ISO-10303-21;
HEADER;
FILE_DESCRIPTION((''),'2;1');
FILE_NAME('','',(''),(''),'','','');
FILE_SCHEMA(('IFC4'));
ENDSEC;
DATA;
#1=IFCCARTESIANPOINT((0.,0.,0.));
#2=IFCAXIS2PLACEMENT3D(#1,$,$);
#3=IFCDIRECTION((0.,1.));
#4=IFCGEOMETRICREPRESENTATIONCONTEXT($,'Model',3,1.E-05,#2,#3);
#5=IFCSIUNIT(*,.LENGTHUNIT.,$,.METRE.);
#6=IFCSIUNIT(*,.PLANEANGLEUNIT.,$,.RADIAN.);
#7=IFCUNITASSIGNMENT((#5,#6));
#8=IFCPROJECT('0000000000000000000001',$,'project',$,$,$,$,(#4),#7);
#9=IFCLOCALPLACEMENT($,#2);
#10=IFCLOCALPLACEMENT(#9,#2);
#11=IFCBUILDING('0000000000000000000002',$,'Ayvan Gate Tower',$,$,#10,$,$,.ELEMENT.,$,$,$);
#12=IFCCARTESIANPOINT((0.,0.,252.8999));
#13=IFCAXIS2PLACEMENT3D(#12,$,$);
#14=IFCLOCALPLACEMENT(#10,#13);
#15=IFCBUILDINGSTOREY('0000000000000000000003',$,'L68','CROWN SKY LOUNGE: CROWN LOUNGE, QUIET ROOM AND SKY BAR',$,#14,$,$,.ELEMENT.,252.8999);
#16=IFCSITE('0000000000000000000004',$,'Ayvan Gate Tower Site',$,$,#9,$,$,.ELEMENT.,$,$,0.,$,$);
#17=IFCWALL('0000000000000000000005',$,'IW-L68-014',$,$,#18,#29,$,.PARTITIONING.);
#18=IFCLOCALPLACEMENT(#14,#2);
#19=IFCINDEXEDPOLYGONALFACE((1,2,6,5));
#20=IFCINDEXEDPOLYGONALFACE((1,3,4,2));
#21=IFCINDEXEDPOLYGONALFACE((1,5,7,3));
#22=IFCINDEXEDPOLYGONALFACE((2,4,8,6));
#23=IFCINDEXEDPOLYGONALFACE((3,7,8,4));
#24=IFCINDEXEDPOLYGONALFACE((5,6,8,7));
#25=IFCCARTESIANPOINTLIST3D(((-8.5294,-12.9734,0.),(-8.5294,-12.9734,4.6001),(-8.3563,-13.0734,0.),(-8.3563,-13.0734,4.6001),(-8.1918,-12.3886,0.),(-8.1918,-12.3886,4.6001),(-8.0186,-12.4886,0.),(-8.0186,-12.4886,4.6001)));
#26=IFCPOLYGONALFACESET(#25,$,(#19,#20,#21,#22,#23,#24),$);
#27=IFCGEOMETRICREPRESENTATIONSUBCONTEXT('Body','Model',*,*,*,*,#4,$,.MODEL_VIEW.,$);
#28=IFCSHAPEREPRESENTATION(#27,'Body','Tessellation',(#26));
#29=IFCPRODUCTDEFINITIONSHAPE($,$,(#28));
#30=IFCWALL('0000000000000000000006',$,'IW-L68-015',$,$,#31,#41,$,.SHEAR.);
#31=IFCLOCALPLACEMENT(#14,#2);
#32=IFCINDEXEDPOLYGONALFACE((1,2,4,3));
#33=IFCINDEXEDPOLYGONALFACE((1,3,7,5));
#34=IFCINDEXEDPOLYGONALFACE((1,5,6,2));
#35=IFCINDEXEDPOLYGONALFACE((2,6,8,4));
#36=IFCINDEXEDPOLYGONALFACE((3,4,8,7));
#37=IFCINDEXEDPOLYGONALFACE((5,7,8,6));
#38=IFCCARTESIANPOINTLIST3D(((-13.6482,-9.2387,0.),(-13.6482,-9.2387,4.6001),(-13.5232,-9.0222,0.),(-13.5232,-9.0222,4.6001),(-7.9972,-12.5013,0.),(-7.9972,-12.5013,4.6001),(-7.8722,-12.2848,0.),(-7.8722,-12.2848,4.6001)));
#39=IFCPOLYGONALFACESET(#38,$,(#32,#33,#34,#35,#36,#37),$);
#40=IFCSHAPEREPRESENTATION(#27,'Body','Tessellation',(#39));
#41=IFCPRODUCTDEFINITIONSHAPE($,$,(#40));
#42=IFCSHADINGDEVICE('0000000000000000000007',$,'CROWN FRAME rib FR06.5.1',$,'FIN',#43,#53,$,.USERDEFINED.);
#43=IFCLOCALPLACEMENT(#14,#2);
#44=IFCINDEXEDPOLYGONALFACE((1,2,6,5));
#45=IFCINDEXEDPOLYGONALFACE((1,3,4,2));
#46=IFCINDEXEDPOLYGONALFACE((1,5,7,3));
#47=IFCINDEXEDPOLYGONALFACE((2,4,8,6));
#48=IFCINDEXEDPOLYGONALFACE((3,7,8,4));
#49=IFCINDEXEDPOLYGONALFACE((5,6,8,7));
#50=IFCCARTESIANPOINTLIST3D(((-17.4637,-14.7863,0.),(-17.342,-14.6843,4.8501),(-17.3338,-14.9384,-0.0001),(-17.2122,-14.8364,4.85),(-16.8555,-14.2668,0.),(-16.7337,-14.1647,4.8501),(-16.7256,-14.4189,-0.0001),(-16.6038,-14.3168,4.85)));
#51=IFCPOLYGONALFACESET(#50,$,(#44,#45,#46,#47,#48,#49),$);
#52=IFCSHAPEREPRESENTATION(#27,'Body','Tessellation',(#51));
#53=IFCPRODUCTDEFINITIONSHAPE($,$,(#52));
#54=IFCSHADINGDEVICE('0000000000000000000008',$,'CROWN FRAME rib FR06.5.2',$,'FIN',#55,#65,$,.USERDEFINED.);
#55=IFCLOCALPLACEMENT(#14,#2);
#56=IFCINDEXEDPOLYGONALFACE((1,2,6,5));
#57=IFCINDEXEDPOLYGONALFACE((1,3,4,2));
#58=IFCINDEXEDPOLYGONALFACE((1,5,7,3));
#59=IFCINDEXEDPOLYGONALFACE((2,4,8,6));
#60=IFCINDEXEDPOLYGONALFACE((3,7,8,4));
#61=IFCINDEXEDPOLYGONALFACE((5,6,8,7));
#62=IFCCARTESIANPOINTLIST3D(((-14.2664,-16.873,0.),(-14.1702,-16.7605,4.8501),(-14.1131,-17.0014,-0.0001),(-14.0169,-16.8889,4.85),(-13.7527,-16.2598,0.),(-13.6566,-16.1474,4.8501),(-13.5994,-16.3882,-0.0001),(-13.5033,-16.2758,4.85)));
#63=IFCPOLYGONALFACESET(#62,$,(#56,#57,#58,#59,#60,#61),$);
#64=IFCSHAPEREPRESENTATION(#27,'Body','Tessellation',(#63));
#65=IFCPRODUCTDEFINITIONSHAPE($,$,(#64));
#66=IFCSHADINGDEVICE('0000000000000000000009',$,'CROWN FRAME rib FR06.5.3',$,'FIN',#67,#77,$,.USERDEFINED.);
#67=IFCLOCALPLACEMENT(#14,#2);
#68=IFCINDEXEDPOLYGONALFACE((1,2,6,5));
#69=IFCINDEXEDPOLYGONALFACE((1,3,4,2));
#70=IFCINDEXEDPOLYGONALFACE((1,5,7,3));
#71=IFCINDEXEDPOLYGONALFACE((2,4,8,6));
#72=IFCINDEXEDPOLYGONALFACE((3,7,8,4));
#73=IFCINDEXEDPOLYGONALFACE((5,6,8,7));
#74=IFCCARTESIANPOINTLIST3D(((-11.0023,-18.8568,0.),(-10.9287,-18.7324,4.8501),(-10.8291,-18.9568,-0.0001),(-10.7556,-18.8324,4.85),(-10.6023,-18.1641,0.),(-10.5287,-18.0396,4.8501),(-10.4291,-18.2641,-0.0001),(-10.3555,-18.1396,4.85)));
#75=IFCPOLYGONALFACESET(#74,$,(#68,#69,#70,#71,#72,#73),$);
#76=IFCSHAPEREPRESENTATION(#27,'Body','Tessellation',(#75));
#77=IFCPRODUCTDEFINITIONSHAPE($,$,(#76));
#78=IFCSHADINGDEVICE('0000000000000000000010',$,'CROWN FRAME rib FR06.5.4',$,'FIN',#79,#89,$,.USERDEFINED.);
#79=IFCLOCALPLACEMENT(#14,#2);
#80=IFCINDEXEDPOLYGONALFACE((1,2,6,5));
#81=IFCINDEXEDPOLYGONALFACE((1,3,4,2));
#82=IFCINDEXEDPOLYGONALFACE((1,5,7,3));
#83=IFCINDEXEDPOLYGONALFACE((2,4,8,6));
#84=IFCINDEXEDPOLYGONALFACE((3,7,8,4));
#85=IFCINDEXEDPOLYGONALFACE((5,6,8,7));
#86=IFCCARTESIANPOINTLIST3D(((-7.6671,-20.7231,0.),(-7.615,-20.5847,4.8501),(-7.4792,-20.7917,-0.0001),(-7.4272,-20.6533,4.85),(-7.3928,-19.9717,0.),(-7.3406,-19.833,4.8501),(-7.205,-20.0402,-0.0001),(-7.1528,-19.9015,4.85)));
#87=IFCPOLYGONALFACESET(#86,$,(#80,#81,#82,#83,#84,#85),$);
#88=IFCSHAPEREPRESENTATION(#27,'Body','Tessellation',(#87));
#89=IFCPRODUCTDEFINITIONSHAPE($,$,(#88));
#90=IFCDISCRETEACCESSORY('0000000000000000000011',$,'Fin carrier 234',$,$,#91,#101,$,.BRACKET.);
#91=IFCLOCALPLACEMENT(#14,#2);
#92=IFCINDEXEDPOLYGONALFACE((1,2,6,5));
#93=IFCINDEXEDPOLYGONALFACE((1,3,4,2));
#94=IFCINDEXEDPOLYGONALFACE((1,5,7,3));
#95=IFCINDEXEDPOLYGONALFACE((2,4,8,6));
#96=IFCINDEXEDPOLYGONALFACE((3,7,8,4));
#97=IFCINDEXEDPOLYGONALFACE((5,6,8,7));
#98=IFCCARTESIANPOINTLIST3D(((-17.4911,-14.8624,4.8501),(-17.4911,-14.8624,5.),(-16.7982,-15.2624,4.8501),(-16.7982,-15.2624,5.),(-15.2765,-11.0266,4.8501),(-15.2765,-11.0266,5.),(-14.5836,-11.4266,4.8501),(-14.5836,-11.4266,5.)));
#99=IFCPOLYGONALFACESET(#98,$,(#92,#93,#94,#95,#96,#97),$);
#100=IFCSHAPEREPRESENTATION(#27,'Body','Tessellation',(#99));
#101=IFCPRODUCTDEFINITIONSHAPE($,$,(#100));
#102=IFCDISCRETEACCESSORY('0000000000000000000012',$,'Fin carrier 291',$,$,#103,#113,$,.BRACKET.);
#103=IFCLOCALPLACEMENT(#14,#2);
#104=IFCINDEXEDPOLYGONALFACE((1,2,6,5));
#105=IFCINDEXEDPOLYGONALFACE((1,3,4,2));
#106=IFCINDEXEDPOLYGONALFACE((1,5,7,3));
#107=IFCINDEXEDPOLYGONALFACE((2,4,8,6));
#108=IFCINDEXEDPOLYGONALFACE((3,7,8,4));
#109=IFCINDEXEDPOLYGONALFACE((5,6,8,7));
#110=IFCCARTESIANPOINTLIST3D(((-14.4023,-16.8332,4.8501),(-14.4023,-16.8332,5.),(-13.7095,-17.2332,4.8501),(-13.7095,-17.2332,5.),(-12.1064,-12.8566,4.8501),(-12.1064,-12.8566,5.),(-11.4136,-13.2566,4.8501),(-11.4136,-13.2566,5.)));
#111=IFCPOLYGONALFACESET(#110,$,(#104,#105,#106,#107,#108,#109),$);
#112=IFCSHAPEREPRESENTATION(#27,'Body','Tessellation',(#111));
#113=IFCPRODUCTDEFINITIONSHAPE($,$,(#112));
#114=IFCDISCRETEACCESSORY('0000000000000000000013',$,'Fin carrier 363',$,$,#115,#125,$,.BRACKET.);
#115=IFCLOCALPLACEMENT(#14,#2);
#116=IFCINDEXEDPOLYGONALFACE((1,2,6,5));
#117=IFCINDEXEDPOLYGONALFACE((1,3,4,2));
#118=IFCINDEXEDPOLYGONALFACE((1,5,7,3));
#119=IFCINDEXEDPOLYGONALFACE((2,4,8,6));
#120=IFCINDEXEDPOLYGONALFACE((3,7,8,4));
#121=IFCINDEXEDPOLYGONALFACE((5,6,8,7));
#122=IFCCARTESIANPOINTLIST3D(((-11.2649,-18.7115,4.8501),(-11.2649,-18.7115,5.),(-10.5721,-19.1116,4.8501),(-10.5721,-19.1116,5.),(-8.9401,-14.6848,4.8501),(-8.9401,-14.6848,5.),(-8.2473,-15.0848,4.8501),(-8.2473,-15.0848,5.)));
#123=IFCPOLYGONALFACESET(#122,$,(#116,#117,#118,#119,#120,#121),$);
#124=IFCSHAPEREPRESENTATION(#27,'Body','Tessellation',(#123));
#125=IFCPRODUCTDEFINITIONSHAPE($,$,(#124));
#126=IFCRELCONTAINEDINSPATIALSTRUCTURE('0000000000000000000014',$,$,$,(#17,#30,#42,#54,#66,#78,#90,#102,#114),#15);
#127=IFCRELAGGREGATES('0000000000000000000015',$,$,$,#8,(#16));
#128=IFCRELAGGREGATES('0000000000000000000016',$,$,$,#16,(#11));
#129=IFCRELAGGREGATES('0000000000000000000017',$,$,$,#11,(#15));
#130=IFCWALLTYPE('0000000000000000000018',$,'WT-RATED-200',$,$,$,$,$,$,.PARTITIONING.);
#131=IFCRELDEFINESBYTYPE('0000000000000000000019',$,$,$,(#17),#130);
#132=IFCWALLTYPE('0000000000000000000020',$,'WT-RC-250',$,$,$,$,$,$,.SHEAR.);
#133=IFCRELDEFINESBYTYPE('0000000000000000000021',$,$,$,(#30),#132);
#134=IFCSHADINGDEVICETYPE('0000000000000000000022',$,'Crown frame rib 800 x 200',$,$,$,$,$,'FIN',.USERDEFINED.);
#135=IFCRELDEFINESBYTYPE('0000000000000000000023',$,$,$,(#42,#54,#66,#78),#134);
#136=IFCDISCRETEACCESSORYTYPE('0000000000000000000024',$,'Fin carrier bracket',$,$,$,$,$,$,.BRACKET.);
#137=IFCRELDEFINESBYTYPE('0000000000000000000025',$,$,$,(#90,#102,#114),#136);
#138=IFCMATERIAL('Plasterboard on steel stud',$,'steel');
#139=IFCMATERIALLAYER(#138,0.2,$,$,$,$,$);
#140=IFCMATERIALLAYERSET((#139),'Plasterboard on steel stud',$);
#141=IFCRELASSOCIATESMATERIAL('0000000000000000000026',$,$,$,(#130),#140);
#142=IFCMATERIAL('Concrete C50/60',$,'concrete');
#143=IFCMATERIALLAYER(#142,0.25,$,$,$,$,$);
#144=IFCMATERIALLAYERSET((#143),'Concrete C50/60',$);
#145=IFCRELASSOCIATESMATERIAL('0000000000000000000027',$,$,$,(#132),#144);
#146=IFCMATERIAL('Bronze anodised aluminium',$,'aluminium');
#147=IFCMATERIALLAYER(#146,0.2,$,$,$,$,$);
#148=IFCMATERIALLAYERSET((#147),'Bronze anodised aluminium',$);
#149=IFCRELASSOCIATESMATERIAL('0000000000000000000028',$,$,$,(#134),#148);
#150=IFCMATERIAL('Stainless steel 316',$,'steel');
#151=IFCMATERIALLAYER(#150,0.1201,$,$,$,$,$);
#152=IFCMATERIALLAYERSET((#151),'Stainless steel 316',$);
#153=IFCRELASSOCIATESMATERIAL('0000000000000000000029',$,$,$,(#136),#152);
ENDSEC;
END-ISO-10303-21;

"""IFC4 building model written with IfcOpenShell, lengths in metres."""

from ifc_helpers import new_model, si_unit, direction, frame, frame_2d, origin, origin_2d, place, context, subcontext, project, spatial, polyline, rectangle, outline, extrude, material, layer, layer_set, type_object, element, save


model = new_model("IFC4")

# Units and contexts
model_context = context("Model", 3, precision=1e-05, world=origin(), true_north=direction((0.0, 1.0)))
body_context = subcontext(model_context, "Body", "Model", "MODEL_VIEW")
ifc_project = project(units=[si_unit("LENGTHUNIT", "METRE"), si_unit("PLANEANGLEUNIT", "RADIAN")], contexts=[model_context])

# Site, building, storey
site_placement = place(None, origin())
site = spatial("IfcSite", under=ifc_project, at=site_placement, Name="Ayvan Gate Tower Site", CompositionType="ELEMENT", RefElevation=0.0)
building_placement = place(site_placement, origin())
building = spatial("IfcBuilding", under=site, at=building_placement, Name="Ayvan Gate Tower", CompositionType="ELEMENT")
storey_placement = place(building_placement, frame((0.0, 0.0, 252.8999)))
storey = spatial("IfcBuildingStorey", under=building, at=storey_placement, Name="L68", Description="CROWN SKY LOUNGE: CROWN LOUNGE, QUIET ROOM AND SKY BAR", CompositionType="ELEMENT", Elevation=252.8999)

# Shared definitions
ifc_material_1 = material(Name="Concrete C50/60", Category="concrete")

# Shared definitions
ifc_material_2 = material(Name="Bronze anodised aluminium", Category="aluminium")

# Walls
ifc_material_3 = material(Name="Plasterboard on steel stud", Category="steel")
ifc_layer_1 = layer(ifc_material_3, 0.2)
ifc_layer_set_1 = layer_set([ifc_layer_1], Name="Plasterboard on steel stud")
wall_type_1 = type_object("IfcWallType", Name="WT-RATED-200", PredefinedType="PARTITIONING", material=ifc_layer_set_1)
wall_1_placement = place(storey_placement, frame((-8.4429, -13.0234, 0.0), z_axis=(0.0, 0.0, 1.0), x_axis=(0.500067, 0.865987, 0.0)))
element("IfcWall", 1, at=wall_1_placement, inside=storey, type_object=wall_type_1, Name="IW-L68-014", PredefinedType="PARTITIONING", context=body_context, shape_type="SweptSolid", body=[
    extrude(rectangle(XDim=0.6753, YDim=0.2, at=frame_2d((0.3376, 0.0))), origin(), (0.0, 0.0, 1.0), 4.6001),
])
ifc_layer_2 = layer(ifc_material_1, 0.25)
ifc_layer_set_2 = layer_set([ifc_layer_2], Name="Concrete C50/60")
wall_type_2 = type_object("IfcWallType", Name="WT-RC-250", PredefinedType="SHEAR", material=ifc_layer_set_2)
wall_2_placement = place(storey_placement, frame((-7.9346, -12.3931, 0.0), z_axis=(0.0, 0.0, 1.0), x_axis=(-0.866031, 0.49999, 0.0)))
element("IfcWall", 2, at=wall_2_placement, inside=storey, type_object=wall_type_2, Name="IW-L68-015", PredefinedType="SHEAR", context=body_context, shape_type="SweptSolid", body=[
    extrude(rectangle(XDim=6.5251, YDim=0.25, at=frame_2d((3.2627, 0.0))), origin(), (0.0, 0.0, 1.0), 4.6001),
])

# Shading devices
ifc_layer_3 = layer(ifc_material_2, 0.2)
ifc_layer_set_3 = layer_set([ifc_layer_3], Name="Bronze anodised aluminium")
shading_device_type = type_object("IfcShadingDeviceType", Name="Crown frame rib 800 x 200", ElementType="FIN", PredefinedType="USERDEFINED", material=ifc_layer_set_3)
shading_device_1_placement = place(storey_placement, frame((-16.8555, -14.2668, 0.0), z_axis=(-0.649458, 0.760397, 0.000297), x_axis=(-0.760397, -0.649458, 0.0)))
element("IfcShadingDevice", 3, at=shading_device_1_placement, inside=storey, type_object=shading_device_type, Name="CROWN FRAME rib FR06.5.1", ObjectType="FIN", PredefinedType="USERDEFINED", context=body_context, shape_type="SweptSolid", body=[
    extrude(outline(polyline([(0.0, 0.0), (0.7999, 0.0), (0.6411, 4.8501), (-0.1589, 4.8501), (0.0, 0.0)])), origin(), (0.0, 0.0, -1.0), 0.2),
])
shading_device_2_placement = place(storey_placement, frame((-13.7527, -16.2598, 0.0), z_axis=(-0.766555, 0.642179, 0.000317), x_axis=(-0.642179, -0.766555, 0.0)))
element("IfcShadingDevice", 4, at=shading_device_2_placement, inside=storey, type_object=shading_device_type, Name="CROWN FRAME rib FR06.5.2", ObjectType="FIN", PredefinedType="USERDEFINED", context=body_context, shape_type="SweptSolid", body=[
    extrude(outline(polyline([(0.0, 0.0), (0.8, 0.0), (0.6519, 4.8501), (-0.1479, 4.8501), (0.0, 0.0)])), origin(), (0.0, 0.0, -1.0), 0.2),
])
shading_device_3_placement = place(storey_placement, frame((-10.6023, -18.1641, 0.0), z_axis=(-0.86599, 0.500061, 0.000318), x_axis=(-0.500061, -0.86599, 0.0)))
element("IfcShadingDevice", 5, at=shading_device_3_placement, inside=storey, type_object=shading_device_type, Name="CROWN FRAME rib FR06.5.3", ObjectType="FIN", PredefinedType="USERDEFINED", context=body_context, shape_type="SweptSolid", body=[
    extrude(outline(polyline([(0.0, 0.0), (0.7999, 0.0), (0.6554, 4.8501), (-0.1446, 4.8501), (0.0, 0.0)])), origin(), (0.0, 0.0, -1.0), 0.2),
])
shading_device_4_placement = place(storey_placement, frame((-7.3928, -19.9717, 0.0), z_axis=(-0.939396, 0.342833, 0.000302), x_axis=(-0.342833, -0.939396, 0.0)))
element("IfcShadingDevice", 6, at=shading_device_4_placement, inside=storey, type_object=shading_device_type, Name="CROWN FRAME rib FR06.5.4", ObjectType="FIN", PredefinedType="USERDEFINED", context=body_context, shape_type="SweptSolid", body=[
    extrude(outline(polyline([(0.0, 0.0), (0.7999, 0.0), (0.6521, 4.8501), (-0.1482, 4.8501), (0.0, 0.0)])), origin(), (0.0, 0.0, -1.0), 0.2),
])

# Discrete accessories
ifc_material_4 = material(Name="Stainless steel 316", Category="steel")
ifc_layer_4 = layer(ifc_material_4, 0.1201)
ifc_layer_set_4 = layer_set([ifc_layer_4], Name="Stainless steel 316")
discrete_accessory_type = type_object("IfcDiscreteAccessoryType", Name="Fin carrier bracket", PredefinedType="BRACKET", material=ifc_layer_set_4)
discrete_accessory_1_placement = place(storey_placement, frame((-16.0374, -13.1445, 4.8501), z_axis=(0.0, 0.0, 1.0), x_axis=(0.866025, -0.5, 0.0)))
element("IfcDiscreteAccessory", 7, at=discrete_accessory_1_placement, inside=storey, type_object=discrete_accessory_type, Name="Fin carrier 234", PredefinedType="BRACKET", context=body_context, shape_type="SweptSolid", body=[
    extrude(rectangle(XDim=0.8, YDim=4.4292, at=origin_2d()), origin(), (0.0, 0.0, 1.0), 0.1499),
])
discrete_accessory_2_placement = place(storey_placement, frame((-12.908, -15.0449, 4.8501), z_axis=(0.0, 0.0, 1.0), x_axis=(0.866025, -0.5, 0.0)))
element("IfcDiscreteAccessory", 8, at=discrete_accessory_2_placement, inside=storey, type_object=discrete_accessory_type, Name="Fin carrier 291", PredefinedType="BRACKET", context=body_context, shape_type="SweptSolid", body=[
    extrude(rectangle(XDim=0.8, YDim=4.5918, at=origin_2d()), origin(), (0.0, 0.0, 1.0), 0.1499),
])
discrete_accessory_3_placement = place(storey_placement, frame((-9.7561, -16.8982, 4.8501), z_axis=(0.0, 0.0, 1.0), x_axis=(0.866025, -0.5, 0.0)))
element("IfcDiscreteAccessory", 9, at=discrete_accessory_3_placement, inside=storey, type_object=discrete_accessory_type, Name="Fin carrier 363", PredefinedType="BRACKET", context=body_context, shape_type="SweptSolid", body=[
    extrude(rectangle(XDim=0.8, YDim=4.6497, at=origin_2d()), origin(), (0.0, 0.0, 1.0), 0.1499),
])

save(model, "model.ifc")
